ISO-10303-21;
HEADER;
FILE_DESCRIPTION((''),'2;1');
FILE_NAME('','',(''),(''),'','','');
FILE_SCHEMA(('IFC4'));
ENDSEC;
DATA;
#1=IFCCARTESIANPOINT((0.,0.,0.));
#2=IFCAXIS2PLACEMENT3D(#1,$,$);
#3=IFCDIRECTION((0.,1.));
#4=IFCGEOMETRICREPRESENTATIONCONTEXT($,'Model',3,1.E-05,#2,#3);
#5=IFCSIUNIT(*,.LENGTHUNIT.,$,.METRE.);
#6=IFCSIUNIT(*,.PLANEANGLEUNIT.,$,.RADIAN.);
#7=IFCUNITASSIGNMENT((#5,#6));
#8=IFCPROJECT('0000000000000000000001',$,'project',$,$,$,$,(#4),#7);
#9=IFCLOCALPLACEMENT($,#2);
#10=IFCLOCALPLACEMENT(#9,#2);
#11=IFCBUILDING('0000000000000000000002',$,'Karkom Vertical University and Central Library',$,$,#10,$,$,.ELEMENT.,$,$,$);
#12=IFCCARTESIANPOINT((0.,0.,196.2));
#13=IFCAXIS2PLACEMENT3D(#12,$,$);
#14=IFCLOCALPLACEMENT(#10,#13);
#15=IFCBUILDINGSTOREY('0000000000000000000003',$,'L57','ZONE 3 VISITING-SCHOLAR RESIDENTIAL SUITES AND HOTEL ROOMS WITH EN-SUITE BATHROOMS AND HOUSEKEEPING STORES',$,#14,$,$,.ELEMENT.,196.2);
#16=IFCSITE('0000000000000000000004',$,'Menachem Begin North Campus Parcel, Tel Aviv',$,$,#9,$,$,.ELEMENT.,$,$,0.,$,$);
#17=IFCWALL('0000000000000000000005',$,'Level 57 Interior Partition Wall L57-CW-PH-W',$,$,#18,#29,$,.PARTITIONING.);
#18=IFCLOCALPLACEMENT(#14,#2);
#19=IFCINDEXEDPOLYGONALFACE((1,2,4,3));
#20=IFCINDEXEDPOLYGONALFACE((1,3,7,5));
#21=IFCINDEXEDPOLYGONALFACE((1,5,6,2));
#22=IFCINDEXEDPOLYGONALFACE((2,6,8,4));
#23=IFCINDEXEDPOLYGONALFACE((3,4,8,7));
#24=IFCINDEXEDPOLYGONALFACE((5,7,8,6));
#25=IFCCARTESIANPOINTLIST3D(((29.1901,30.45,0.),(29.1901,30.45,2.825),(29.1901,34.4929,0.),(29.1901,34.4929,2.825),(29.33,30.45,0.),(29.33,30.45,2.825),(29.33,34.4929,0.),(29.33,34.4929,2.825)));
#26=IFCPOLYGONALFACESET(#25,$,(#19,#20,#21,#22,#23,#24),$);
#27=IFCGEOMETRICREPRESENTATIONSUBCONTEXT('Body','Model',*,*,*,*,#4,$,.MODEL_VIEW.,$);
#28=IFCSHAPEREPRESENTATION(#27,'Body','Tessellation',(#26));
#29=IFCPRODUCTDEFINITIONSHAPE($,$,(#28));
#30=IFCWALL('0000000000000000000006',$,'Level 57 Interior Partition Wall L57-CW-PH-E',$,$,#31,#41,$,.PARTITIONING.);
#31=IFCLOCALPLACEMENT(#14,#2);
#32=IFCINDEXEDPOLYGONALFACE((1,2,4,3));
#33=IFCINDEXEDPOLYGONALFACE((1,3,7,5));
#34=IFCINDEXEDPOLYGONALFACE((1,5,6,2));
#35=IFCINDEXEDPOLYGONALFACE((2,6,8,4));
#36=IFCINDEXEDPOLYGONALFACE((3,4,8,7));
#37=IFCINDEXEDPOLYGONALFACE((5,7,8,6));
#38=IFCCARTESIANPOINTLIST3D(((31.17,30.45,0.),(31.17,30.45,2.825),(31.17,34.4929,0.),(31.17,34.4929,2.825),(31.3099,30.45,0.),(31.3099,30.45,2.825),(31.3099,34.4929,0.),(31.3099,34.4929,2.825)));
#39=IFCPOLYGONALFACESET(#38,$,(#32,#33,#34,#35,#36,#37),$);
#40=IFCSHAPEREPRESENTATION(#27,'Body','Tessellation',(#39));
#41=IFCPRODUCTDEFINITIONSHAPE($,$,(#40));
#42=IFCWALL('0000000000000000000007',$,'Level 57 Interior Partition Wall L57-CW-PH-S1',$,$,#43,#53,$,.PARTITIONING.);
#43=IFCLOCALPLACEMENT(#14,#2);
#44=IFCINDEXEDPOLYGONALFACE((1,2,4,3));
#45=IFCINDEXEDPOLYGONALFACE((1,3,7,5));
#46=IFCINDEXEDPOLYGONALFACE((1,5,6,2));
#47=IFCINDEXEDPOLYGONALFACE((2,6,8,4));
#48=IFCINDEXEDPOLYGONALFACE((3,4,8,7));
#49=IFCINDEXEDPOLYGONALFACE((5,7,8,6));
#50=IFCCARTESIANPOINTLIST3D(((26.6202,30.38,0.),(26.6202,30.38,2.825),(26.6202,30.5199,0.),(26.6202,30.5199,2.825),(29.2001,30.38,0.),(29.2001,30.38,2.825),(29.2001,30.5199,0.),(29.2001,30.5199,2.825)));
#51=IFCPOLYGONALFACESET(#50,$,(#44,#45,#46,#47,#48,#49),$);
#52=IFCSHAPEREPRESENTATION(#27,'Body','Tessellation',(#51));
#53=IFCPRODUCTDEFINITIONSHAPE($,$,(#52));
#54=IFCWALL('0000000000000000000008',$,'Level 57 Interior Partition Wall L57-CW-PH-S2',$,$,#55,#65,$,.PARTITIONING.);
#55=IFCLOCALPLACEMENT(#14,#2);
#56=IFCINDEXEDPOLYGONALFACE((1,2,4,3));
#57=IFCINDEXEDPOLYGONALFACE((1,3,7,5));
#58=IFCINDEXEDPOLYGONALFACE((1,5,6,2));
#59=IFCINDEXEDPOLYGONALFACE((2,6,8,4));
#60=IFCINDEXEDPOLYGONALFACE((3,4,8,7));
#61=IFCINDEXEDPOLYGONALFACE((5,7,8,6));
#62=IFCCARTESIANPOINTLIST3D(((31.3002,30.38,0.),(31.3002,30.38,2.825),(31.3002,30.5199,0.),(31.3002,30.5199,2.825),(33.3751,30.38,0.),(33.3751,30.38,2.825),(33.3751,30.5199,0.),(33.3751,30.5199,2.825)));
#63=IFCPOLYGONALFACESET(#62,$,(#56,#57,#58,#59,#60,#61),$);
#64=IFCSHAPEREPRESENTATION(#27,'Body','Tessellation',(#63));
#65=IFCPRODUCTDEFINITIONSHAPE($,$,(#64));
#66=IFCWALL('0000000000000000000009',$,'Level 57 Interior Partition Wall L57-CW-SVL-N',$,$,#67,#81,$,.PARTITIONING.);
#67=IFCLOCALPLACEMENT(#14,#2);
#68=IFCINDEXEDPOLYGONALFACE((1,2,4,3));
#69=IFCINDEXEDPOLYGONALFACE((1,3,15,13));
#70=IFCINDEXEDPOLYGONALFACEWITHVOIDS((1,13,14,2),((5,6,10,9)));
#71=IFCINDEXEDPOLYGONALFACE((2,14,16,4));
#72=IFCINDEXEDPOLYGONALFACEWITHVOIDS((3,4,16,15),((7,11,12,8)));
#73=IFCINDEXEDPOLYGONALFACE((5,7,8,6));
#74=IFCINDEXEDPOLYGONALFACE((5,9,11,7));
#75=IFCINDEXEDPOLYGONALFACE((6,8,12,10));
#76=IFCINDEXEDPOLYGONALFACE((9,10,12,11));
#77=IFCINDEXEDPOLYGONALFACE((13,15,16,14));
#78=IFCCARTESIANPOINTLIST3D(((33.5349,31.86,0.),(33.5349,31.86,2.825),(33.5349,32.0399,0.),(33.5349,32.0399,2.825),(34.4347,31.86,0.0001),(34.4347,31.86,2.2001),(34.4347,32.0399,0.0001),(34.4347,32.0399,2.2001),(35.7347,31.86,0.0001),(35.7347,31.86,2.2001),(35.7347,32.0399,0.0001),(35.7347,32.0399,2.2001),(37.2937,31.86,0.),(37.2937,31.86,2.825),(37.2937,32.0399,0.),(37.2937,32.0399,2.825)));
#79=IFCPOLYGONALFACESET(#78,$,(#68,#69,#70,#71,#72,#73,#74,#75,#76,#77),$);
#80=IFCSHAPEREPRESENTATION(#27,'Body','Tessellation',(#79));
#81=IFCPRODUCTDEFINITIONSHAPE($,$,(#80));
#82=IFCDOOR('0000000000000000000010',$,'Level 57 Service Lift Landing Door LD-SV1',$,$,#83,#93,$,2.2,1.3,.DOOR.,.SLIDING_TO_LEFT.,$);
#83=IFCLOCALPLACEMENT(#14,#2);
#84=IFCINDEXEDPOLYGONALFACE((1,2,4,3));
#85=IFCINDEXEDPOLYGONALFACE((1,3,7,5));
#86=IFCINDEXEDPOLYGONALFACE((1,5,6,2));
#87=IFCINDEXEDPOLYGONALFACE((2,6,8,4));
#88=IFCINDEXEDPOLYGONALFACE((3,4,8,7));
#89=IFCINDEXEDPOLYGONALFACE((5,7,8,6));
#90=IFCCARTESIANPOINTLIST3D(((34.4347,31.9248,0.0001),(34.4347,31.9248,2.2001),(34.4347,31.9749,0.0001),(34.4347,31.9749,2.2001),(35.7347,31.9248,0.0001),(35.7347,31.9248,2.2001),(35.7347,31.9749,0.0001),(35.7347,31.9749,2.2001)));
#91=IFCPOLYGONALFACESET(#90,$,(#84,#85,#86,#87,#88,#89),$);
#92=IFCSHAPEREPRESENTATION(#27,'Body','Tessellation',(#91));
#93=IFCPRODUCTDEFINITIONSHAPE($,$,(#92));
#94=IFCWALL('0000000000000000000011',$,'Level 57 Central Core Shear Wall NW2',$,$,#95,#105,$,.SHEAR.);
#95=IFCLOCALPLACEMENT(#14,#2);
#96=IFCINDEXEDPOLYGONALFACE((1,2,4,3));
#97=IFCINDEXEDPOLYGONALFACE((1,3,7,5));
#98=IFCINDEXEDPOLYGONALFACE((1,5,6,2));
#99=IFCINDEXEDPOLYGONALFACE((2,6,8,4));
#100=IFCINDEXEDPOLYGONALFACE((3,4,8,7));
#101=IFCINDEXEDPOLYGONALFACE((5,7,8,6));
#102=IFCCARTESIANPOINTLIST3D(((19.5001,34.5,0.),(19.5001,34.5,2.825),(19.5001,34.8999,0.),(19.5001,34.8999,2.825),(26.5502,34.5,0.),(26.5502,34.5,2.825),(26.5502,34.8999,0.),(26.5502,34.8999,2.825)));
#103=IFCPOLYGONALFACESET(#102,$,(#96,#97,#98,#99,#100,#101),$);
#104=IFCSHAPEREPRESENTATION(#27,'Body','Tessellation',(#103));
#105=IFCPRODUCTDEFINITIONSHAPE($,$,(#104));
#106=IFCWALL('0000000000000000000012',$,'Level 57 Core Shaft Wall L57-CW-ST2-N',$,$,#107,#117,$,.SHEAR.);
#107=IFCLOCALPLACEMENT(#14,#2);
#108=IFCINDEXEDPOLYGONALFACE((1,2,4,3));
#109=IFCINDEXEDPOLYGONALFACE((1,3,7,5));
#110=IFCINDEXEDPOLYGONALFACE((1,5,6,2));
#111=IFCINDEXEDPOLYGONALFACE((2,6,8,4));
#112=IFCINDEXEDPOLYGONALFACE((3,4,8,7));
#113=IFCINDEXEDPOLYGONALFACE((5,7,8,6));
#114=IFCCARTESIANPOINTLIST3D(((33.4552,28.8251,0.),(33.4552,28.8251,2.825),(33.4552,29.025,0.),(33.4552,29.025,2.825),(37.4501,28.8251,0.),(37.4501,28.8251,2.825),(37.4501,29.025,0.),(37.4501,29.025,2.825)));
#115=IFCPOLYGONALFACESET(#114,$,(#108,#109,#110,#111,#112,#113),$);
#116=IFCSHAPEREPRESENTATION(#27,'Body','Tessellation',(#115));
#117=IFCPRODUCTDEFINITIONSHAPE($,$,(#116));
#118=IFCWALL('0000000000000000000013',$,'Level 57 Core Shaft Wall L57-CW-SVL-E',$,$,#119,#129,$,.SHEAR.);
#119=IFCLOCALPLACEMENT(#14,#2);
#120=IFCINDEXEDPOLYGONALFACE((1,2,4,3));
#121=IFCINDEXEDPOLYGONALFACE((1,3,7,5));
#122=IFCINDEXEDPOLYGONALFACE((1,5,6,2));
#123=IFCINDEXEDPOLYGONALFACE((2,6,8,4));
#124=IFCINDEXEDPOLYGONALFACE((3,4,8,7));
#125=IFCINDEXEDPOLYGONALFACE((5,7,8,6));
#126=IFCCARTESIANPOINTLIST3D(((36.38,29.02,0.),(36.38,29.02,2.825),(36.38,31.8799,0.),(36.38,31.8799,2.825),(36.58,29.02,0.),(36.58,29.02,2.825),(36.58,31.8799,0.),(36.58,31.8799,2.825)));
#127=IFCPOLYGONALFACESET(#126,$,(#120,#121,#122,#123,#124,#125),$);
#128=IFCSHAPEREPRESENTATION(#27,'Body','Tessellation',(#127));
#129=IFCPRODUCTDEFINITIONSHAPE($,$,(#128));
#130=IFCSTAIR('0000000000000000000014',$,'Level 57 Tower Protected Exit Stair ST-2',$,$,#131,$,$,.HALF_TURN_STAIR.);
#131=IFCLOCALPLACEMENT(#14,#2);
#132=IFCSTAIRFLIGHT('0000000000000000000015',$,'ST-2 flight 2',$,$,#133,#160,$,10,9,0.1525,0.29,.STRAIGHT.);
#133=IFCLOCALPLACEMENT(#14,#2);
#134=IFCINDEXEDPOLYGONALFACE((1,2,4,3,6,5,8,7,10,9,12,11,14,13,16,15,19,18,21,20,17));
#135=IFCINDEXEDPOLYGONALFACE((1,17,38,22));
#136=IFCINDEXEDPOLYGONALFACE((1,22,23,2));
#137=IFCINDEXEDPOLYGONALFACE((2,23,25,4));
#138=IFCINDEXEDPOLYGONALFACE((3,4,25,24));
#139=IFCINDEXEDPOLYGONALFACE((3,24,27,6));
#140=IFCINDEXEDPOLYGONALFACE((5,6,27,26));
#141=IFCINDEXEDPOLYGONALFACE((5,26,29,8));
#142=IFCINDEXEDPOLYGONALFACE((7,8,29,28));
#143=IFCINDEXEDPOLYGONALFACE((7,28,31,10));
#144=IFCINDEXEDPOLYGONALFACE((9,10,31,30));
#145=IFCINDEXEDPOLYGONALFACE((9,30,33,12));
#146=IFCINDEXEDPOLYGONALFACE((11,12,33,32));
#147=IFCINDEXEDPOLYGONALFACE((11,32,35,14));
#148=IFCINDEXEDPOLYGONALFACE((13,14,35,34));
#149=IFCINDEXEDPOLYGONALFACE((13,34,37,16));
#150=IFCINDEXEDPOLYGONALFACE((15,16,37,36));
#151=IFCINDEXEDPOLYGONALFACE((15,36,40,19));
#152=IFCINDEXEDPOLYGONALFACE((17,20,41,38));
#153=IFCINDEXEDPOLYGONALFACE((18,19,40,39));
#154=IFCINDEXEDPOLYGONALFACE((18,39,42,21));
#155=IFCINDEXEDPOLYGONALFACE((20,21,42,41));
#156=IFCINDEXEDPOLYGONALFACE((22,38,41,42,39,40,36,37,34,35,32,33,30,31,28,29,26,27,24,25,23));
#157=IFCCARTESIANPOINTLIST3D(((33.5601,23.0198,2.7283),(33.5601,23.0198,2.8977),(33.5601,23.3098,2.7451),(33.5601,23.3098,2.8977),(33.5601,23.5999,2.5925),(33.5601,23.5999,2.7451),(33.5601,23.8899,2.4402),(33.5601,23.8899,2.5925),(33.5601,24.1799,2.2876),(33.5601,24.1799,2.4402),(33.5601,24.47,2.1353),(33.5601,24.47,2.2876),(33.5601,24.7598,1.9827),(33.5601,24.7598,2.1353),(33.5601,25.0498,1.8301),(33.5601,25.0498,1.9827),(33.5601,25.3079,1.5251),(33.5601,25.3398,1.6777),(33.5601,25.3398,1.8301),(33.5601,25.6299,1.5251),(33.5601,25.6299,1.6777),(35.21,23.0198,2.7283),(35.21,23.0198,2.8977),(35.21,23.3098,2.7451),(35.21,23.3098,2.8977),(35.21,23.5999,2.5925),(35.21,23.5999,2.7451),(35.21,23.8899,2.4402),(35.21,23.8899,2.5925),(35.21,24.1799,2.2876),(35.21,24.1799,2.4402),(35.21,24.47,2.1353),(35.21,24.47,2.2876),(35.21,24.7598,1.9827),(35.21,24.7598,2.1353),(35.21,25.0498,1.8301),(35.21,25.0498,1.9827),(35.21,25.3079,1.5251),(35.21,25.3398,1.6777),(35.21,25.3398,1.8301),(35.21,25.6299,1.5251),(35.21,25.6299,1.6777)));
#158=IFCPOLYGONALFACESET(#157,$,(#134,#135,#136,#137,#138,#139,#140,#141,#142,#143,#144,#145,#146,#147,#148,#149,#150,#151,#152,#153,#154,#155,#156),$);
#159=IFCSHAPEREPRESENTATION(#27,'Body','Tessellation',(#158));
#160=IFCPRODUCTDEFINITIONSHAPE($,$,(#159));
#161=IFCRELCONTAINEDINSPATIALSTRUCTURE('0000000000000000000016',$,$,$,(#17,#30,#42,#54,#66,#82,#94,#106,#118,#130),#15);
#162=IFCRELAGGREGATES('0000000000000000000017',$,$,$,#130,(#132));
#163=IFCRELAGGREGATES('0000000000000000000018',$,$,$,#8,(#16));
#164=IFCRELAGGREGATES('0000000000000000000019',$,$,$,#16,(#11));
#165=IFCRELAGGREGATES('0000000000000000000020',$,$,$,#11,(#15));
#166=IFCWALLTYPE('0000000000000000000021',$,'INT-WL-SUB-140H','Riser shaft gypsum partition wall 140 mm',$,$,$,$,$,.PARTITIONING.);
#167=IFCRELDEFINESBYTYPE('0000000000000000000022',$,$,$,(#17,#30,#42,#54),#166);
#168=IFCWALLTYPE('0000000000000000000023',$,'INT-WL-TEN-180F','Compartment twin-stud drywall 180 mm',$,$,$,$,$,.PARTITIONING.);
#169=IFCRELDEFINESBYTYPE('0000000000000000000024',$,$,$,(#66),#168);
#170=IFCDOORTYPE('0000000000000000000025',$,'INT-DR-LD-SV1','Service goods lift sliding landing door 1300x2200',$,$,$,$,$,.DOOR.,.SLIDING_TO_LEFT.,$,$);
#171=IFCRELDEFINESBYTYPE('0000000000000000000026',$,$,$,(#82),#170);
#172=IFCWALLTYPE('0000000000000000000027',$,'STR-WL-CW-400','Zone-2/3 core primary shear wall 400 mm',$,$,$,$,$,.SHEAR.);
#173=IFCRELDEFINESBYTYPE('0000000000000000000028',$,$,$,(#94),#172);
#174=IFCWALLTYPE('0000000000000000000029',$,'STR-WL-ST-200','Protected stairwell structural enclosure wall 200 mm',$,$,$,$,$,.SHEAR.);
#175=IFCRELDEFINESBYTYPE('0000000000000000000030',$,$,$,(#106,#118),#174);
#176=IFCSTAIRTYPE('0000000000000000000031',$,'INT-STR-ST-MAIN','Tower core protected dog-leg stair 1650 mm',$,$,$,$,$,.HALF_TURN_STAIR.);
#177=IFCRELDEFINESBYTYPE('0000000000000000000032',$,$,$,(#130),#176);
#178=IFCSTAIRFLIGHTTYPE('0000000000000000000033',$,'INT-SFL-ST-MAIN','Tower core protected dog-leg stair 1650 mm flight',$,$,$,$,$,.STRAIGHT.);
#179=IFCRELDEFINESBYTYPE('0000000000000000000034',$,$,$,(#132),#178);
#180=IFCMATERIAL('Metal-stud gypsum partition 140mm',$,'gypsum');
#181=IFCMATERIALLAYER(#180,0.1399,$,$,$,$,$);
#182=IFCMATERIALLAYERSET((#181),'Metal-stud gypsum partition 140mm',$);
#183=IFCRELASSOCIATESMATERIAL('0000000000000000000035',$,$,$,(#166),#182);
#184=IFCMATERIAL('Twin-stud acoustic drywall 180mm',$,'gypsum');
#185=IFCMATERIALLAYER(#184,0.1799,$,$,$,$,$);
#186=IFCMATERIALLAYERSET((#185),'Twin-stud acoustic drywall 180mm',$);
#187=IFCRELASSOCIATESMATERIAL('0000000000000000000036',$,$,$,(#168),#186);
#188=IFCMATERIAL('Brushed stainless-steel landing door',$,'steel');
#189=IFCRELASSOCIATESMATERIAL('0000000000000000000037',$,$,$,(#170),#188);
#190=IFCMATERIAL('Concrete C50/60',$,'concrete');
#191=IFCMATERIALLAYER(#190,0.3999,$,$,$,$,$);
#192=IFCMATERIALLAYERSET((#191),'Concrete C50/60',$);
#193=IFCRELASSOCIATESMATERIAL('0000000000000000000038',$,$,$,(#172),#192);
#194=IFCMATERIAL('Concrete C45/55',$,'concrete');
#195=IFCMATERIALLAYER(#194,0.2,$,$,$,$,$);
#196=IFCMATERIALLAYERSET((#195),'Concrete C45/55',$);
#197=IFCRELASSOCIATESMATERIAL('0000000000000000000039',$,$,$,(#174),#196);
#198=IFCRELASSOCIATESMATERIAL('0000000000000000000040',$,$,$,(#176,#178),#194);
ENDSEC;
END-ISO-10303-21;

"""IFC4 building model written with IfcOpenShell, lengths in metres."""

from ifc_helpers import new_model, si_unit, direction, frame, frame_2d, origin, origin_with_axes, place, context, subcontext, project, spatial, polyline, rectangle, outline, extrude, source, transform, mapped, material, layer, layer_set, type_object, element, fill, aggregate, save


model = new_model("IFC4")

# Units and contexts
model_context = context("Model", 3, precision=1e-05, world=origin(), true_north=direction((0.0, 1.0)))
body_context = subcontext(model_context, "Body", "Model", "MODEL_VIEW")
ifc_project = project(units=[si_unit("LENGTHUNIT", "METRE"), si_unit("PLANEANGLEUNIT", "RADIAN")], contexts=[model_context])

# Site, building, storey
site_placement = place(None, origin())
site = spatial("IfcSite", under=ifc_project, at=site_placement, Name="Menachem Begin North Campus Parcel, Tel Aviv", CompositionType="ELEMENT", RefElevation=0.0)
building_placement = place(site_placement, origin())
building = spatial("IfcBuilding", under=site, at=building_placement, Name="Karkom Vertical University and Central Library", CompositionType="ELEMENT")
storey_placement = place(building_placement, frame((0.0, 0.0, 196.2)))
storey = spatial("IfcBuildingStorey", under=building, at=storey_placement, Name="L57", Description="ZONE 3 VISITING-SCHOLAR RESIDENTIAL SUITES AND HOTEL ROOMS WITH EN-SUITE BATHROOMS AND HOUSEKEEPING STORES", CompositionType="ELEMENT", Elevation=196.2)

# Shared definitions
ifc_material_1 = material(Name="Concrete C50/60", Category="concrete")

# Walls
ifc_material_2 = material(Name="Metal-stud gypsum partition 140mm", Category="gypsum")
ifc_layer_1 = layer(ifc_material_2, 0.1399)
ifc_layer_set_1 = layer_set([ifc_layer_1], Name="Metal-stud gypsum partition 140mm")
wall_type_1 = type_object("IfcWallType", Name="INT-WL-SUB-140H", Description="Riser shaft gypsum partition wall 140 mm", PredefinedType="PARTITIONING", material=ifc_layer_set_1)
for number, where, z_axis, x_axis, name in (
    (1, (29.26, 30.45, 0.0), (0.0, 0.0, 1.0), (0.0, 1.0, 0.0), "Level 57 Interior Partition Wall L57-CW-PH-W"),
    (2, (31.24, 30.45, 0.0), (0.0, 0.0, 1.0), (0.0, 1.0, 0.0), "Level 57 Interior Partition Wall L57-CW-PH-E"),
):
    element("IfcWall", number, at=place(storey_placement, frame(where, z_axis=z_axis, x_axis=x_axis)), inside=storey, type_object=wall_type_1, Name=name, PredefinedType="PARTITIONING", context=body_context, shape_type="SweptSolid", body=[
        extrude(rectangle(XDim=4.043, YDim=0.1399, at=frame_2d((2.0215, 0.0))), origin(), (0.0, 0.0, 1.0), 2.825),
    ])
wall_1_placement = place(storey_placement, frame((26.6201, 30.45, 0.0), z_axis=(0.0, 0.0, 1.0), x_axis=(1.0, 0.0, 0.0)))
element("IfcWall", 3, at=wall_1_placement, inside=storey, type_object=wall_type_1, Name="Level 57 Interior Partition Wall L57-CW-PH-S1", PredefinedType="PARTITIONING", context=body_context, shape_type="SweptSolid", body=[
    extrude(rectangle(XDim=2.5798, YDim=0.1399, at=frame_2d((1.29, 0.0))), origin(), (0.0, 0.0, 1.0), 2.825),
])
wall_2_placement = place(storey_placement, frame((31.3, 30.45, 0.0), z_axis=(0.0, 0.0, 1.0), x_axis=(1.0, 0.0, 0.0)))
element("IfcWall", 4, at=wall_2_placement, inside=storey, type_object=wall_type_1, Name="Level 57 Interior Partition Wall L57-CW-PH-S2", PredefinedType="PARTITIONING", context=body_context, shape_type="SweptSolid", body=[
    extrude(rectangle(XDim=2.075, YDim=0.1399, at=frame_2d((1.0376, 0.0))), origin(), (0.0, 0.0, 1.0), 2.825),
])

# Wall, opening, door
ifc_material_3 = material(Name="Twin-stud acoustic drywall 180mm", Category="gypsum")
ifc_layer_2 = layer(ifc_material_3, 0.1799)
ifc_layer_set_2 = layer_set([ifc_layer_2], Name="Twin-stud acoustic drywall 180mm")
wall_type_2 = type_object("IfcWallType", Name="INT-WL-TEN-180F", Description="Compartment twin-stud drywall 180 mm", PredefinedType="PARTITIONING", material=ifc_layer_set_2)
wall_3_placement = place(storey_placement, frame((33.5349, 31.95, 0.0), z_axis=(0.0, 0.0, 1.0), x_axis=(1.0, 0.0, 0.0)))
wall_3 = element("IfcWall", 5, at=wall_3_placement, inside=storey, type_object=wall_type_2, Name="Level 57 Interior Partition Wall L57-CW-SVL-N", PredefinedType="PARTITIONING", context=body_context, shape_type="SweptSolid", body=[
    extrude(rectangle(XDim=3.7588, YDim=0.1799, at=frame_2d((1.8794, 0.0))), origin(), (0.0, 0.0, 1.0), 2.825),
])
opening_1_placement = place(wall_3_placement, frame((0.8999, 0.0, 0.0)))
opening_1 = element("IfcOpeningElement", 6, at=opening_1_placement, cuts=wall_3, PredefinedType="OPENING", context=body_context, shape_type="SweptSolid", body=[
    extrude(rectangle(XDim=1.3, YDim=2.2, at=frame_2d((0.6499, 1.1001))), frame((0.0, 0.1001, 0.0), z_axis=(0.0, -1.0, 0.0), x_axis=(1.0, 0.0, 0.0)), (0.0, 0.0, 1.0), 0.2),
])
ifc_material_4 = material(Name="Brushed stainless-steel landing door", Category="steel")
door_type_1 = type_object("IfcDoorType", Name="INT-DR-LD-SV1", Description="Service goods lift sliding landing door 1300x2200", OperationType="SLIDING_TO_LEFT", PredefinedType="DOOR", material=ifc_material_4)
shared_shape_1 = source(origin_with_axes(), body_context, "Body", "SweptSolid", [
    extrude(rectangle(XDim=1.3, YDim=2.2, at=frame_2d((0.6499, 1.1001))), frame((0.0, 0.0249, 0.0), z_axis=(0.0, -1.0, 0.0), x_axis=(1.0, 0.0, 0.0)), (0.0, 0.0, 1.0), 0.05),
])
door_1_placement = place(opening_1_placement, origin())
door_1 = element("IfcDoor", 7, at=door_1_placement, inside=storey, type_object=door_type_1, Name="Level 57 Service Lift Landing Door LD-SV1", OperationType="SLIDING_TO_LEFT", OverallHeight=2.2, OverallWidth=1.3, PredefinedType="DOOR", context=body_context, shape_type="MappedRepresentation", body=[
    mapped(shared_shape_1, transform((0.0, 0.0, 0.0), scale=1.0)),
])
fill(opening_1, door_1)

# Walls
ifc_layer_3 = layer(ifc_material_1, 0.3999)
ifc_layer_set_3 = layer_set([ifc_layer_3], Name="Concrete C50/60")
wall_type_3 = type_object("IfcWallType", Name="STR-WL-CW-400", Description="Zone-2/3 core primary shear wall 400 mm", PredefinedType="SHEAR", material=ifc_layer_set_3)
wall_4_placement = place(storey_placement, frame((26.55, 34.7, 0.0), z_axis=(0.0, 0.0, 1.0), x_axis=(-1.0, 0.0, 0.0)))
element("IfcWall", 8, at=wall_4_placement, inside=storey, type_object=wall_type_3, Name="Level 57 Central Core Shear Wall NW2", PredefinedType="SHEAR", context=body_context, shape_type="SweptSolid", body=[
    extrude(rectangle(XDim=7.05, YDim=0.3999, at=frame_2d((3.5249, 0.0))), origin(), (0.0, 0.0, 1.0), 2.825),
])
ifc_material_5 = material(Name="Concrete C45/55", Category="concrete")
ifc_layer_4 = layer(ifc_material_5, 0.2)
ifc_layer_set_4 = layer_set([ifc_layer_4], Name="Concrete C45/55")
wall_type_4 = type_object("IfcWallType", Name="STR-WL-ST-200", Description="Protected stairwell structural enclosure wall 200 mm", PredefinedType="SHEAR", material=ifc_layer_set_4)
wall_5_placement = place(storey_placement, frame((33.4551, 28.925, 0.0), z_axis=(0.0, 0.0, 1.0), x_axis=(1.0, 0.0, 0.0)))
element("IfcWall", 9, at=wall_5_placement, inside=storey, type_object=wall_type_4, Name="Level 57 Core Shaft Wall L57-CW-ST2-N", PredefinedType="SHEAR", context=body_context, shape_type="SweptSolid", body=[
    extrude(rectangle(XDim=3.9949, YDim=0.2, at=frame_2d((1.9976, 0.0))), origin(), (0.0, 0.0, 1.0), 2.825),
])
wall_6_placement = place(storey_placement, frame((36.48, 29.02, 0.0), z_axis=(0.0, 0.0, 1.0), x_axis=(0.0, 1.0, 0.0)))
element("IfcWall", 10, at=wall_6_placement, inside=storey, type_object=wall_type_4, Name="Level 57 Core Shaft Wall L57-CW-SVL-E", PredefinedType="SHEAR", context=body_context, shape_type="SweptSolid", body=[
    extrude(rectangle(XDim=2.8599, YDim=0.2, at=frame_2d((1.4299, 0.0))), origin(), (0.0, 0.0, 1.0), 2.825),
])

# Stair, stair flight
stair_type = type_object("IfcStairType", Name="INT-STR-ST-MAIN", Description="Tower core protected dog-leg stair 1650 mm", PredefinedType="HALF_TURN_STAIR", material=ifc_material_5)
stair_placement = place(storey_placement, origin())
stair = element("IfcStair", 11, at=stair_placement, inside=storey, type_object=stair_type, Name="Level 57 Tower Protected Exit Stair ST-2", PredefinedType="HALF_TURN_STAIR")
stair_flight_type = type_object("IfcStairFlightType", Name="INT-SFL-ST-MAIN", Description="Tower core protected dog-leg stair 1650 mm flight", PredefinedType="STRAIGHT", material=ifc_material_5)
stair_flight_placement = place(storey_placement, frame((34.385, 25.6299, 1.5251), z_axis=(0.0, 0.0, 1.0), x_axis=(0.0, -1.0, 0.0)))
stair_flight = element("IfcStairFlight", 12, at=stair_flight_placement, type_object=stair_flight_type, Name="ST-2 flight 2", NumberOfRisers=10, NumberOfTreads=9, PredefinedType="STRAIGHT", RiserHeight=0.1525, TreadLength=0.29, context=body_context, shape_type="SweptSolid", body=[
    extrude(outline(polyline([(0.0, 0.0), (0.0, 0.1526), (0.29, 0.1526), (0.29, 0.3049), (0.5801, 0.3049), (0.5801, 0.4575), (0.8701, 0.4575), (0.8701, 0.6101), (1.1599, 0.6101), (1.1599, 0.7625), (1.45, 0.7625), (1.45, 0.915), (1.74, 0.915), (1.74, 1.0674), (2.03, 1.0674), (2.03, 1.22), (2.3201, 1.22), (2.3201, 1.3726), (2.6101, 1.3726), (2.6101, 1.5249), (2.6101, 1.2031), (0.322, 0.0), (0.0, 0.0)])), frame((0.0, 0.825, 0.0), z_axis=(0.0, -1.0, 0.0), x_axis=(1.0, 0.0, 0.0)), (0.0, 0.0, 1.0), 1.6499),
])
aggregate(stair, [stair_flight])

save(model, "model.ifc")
